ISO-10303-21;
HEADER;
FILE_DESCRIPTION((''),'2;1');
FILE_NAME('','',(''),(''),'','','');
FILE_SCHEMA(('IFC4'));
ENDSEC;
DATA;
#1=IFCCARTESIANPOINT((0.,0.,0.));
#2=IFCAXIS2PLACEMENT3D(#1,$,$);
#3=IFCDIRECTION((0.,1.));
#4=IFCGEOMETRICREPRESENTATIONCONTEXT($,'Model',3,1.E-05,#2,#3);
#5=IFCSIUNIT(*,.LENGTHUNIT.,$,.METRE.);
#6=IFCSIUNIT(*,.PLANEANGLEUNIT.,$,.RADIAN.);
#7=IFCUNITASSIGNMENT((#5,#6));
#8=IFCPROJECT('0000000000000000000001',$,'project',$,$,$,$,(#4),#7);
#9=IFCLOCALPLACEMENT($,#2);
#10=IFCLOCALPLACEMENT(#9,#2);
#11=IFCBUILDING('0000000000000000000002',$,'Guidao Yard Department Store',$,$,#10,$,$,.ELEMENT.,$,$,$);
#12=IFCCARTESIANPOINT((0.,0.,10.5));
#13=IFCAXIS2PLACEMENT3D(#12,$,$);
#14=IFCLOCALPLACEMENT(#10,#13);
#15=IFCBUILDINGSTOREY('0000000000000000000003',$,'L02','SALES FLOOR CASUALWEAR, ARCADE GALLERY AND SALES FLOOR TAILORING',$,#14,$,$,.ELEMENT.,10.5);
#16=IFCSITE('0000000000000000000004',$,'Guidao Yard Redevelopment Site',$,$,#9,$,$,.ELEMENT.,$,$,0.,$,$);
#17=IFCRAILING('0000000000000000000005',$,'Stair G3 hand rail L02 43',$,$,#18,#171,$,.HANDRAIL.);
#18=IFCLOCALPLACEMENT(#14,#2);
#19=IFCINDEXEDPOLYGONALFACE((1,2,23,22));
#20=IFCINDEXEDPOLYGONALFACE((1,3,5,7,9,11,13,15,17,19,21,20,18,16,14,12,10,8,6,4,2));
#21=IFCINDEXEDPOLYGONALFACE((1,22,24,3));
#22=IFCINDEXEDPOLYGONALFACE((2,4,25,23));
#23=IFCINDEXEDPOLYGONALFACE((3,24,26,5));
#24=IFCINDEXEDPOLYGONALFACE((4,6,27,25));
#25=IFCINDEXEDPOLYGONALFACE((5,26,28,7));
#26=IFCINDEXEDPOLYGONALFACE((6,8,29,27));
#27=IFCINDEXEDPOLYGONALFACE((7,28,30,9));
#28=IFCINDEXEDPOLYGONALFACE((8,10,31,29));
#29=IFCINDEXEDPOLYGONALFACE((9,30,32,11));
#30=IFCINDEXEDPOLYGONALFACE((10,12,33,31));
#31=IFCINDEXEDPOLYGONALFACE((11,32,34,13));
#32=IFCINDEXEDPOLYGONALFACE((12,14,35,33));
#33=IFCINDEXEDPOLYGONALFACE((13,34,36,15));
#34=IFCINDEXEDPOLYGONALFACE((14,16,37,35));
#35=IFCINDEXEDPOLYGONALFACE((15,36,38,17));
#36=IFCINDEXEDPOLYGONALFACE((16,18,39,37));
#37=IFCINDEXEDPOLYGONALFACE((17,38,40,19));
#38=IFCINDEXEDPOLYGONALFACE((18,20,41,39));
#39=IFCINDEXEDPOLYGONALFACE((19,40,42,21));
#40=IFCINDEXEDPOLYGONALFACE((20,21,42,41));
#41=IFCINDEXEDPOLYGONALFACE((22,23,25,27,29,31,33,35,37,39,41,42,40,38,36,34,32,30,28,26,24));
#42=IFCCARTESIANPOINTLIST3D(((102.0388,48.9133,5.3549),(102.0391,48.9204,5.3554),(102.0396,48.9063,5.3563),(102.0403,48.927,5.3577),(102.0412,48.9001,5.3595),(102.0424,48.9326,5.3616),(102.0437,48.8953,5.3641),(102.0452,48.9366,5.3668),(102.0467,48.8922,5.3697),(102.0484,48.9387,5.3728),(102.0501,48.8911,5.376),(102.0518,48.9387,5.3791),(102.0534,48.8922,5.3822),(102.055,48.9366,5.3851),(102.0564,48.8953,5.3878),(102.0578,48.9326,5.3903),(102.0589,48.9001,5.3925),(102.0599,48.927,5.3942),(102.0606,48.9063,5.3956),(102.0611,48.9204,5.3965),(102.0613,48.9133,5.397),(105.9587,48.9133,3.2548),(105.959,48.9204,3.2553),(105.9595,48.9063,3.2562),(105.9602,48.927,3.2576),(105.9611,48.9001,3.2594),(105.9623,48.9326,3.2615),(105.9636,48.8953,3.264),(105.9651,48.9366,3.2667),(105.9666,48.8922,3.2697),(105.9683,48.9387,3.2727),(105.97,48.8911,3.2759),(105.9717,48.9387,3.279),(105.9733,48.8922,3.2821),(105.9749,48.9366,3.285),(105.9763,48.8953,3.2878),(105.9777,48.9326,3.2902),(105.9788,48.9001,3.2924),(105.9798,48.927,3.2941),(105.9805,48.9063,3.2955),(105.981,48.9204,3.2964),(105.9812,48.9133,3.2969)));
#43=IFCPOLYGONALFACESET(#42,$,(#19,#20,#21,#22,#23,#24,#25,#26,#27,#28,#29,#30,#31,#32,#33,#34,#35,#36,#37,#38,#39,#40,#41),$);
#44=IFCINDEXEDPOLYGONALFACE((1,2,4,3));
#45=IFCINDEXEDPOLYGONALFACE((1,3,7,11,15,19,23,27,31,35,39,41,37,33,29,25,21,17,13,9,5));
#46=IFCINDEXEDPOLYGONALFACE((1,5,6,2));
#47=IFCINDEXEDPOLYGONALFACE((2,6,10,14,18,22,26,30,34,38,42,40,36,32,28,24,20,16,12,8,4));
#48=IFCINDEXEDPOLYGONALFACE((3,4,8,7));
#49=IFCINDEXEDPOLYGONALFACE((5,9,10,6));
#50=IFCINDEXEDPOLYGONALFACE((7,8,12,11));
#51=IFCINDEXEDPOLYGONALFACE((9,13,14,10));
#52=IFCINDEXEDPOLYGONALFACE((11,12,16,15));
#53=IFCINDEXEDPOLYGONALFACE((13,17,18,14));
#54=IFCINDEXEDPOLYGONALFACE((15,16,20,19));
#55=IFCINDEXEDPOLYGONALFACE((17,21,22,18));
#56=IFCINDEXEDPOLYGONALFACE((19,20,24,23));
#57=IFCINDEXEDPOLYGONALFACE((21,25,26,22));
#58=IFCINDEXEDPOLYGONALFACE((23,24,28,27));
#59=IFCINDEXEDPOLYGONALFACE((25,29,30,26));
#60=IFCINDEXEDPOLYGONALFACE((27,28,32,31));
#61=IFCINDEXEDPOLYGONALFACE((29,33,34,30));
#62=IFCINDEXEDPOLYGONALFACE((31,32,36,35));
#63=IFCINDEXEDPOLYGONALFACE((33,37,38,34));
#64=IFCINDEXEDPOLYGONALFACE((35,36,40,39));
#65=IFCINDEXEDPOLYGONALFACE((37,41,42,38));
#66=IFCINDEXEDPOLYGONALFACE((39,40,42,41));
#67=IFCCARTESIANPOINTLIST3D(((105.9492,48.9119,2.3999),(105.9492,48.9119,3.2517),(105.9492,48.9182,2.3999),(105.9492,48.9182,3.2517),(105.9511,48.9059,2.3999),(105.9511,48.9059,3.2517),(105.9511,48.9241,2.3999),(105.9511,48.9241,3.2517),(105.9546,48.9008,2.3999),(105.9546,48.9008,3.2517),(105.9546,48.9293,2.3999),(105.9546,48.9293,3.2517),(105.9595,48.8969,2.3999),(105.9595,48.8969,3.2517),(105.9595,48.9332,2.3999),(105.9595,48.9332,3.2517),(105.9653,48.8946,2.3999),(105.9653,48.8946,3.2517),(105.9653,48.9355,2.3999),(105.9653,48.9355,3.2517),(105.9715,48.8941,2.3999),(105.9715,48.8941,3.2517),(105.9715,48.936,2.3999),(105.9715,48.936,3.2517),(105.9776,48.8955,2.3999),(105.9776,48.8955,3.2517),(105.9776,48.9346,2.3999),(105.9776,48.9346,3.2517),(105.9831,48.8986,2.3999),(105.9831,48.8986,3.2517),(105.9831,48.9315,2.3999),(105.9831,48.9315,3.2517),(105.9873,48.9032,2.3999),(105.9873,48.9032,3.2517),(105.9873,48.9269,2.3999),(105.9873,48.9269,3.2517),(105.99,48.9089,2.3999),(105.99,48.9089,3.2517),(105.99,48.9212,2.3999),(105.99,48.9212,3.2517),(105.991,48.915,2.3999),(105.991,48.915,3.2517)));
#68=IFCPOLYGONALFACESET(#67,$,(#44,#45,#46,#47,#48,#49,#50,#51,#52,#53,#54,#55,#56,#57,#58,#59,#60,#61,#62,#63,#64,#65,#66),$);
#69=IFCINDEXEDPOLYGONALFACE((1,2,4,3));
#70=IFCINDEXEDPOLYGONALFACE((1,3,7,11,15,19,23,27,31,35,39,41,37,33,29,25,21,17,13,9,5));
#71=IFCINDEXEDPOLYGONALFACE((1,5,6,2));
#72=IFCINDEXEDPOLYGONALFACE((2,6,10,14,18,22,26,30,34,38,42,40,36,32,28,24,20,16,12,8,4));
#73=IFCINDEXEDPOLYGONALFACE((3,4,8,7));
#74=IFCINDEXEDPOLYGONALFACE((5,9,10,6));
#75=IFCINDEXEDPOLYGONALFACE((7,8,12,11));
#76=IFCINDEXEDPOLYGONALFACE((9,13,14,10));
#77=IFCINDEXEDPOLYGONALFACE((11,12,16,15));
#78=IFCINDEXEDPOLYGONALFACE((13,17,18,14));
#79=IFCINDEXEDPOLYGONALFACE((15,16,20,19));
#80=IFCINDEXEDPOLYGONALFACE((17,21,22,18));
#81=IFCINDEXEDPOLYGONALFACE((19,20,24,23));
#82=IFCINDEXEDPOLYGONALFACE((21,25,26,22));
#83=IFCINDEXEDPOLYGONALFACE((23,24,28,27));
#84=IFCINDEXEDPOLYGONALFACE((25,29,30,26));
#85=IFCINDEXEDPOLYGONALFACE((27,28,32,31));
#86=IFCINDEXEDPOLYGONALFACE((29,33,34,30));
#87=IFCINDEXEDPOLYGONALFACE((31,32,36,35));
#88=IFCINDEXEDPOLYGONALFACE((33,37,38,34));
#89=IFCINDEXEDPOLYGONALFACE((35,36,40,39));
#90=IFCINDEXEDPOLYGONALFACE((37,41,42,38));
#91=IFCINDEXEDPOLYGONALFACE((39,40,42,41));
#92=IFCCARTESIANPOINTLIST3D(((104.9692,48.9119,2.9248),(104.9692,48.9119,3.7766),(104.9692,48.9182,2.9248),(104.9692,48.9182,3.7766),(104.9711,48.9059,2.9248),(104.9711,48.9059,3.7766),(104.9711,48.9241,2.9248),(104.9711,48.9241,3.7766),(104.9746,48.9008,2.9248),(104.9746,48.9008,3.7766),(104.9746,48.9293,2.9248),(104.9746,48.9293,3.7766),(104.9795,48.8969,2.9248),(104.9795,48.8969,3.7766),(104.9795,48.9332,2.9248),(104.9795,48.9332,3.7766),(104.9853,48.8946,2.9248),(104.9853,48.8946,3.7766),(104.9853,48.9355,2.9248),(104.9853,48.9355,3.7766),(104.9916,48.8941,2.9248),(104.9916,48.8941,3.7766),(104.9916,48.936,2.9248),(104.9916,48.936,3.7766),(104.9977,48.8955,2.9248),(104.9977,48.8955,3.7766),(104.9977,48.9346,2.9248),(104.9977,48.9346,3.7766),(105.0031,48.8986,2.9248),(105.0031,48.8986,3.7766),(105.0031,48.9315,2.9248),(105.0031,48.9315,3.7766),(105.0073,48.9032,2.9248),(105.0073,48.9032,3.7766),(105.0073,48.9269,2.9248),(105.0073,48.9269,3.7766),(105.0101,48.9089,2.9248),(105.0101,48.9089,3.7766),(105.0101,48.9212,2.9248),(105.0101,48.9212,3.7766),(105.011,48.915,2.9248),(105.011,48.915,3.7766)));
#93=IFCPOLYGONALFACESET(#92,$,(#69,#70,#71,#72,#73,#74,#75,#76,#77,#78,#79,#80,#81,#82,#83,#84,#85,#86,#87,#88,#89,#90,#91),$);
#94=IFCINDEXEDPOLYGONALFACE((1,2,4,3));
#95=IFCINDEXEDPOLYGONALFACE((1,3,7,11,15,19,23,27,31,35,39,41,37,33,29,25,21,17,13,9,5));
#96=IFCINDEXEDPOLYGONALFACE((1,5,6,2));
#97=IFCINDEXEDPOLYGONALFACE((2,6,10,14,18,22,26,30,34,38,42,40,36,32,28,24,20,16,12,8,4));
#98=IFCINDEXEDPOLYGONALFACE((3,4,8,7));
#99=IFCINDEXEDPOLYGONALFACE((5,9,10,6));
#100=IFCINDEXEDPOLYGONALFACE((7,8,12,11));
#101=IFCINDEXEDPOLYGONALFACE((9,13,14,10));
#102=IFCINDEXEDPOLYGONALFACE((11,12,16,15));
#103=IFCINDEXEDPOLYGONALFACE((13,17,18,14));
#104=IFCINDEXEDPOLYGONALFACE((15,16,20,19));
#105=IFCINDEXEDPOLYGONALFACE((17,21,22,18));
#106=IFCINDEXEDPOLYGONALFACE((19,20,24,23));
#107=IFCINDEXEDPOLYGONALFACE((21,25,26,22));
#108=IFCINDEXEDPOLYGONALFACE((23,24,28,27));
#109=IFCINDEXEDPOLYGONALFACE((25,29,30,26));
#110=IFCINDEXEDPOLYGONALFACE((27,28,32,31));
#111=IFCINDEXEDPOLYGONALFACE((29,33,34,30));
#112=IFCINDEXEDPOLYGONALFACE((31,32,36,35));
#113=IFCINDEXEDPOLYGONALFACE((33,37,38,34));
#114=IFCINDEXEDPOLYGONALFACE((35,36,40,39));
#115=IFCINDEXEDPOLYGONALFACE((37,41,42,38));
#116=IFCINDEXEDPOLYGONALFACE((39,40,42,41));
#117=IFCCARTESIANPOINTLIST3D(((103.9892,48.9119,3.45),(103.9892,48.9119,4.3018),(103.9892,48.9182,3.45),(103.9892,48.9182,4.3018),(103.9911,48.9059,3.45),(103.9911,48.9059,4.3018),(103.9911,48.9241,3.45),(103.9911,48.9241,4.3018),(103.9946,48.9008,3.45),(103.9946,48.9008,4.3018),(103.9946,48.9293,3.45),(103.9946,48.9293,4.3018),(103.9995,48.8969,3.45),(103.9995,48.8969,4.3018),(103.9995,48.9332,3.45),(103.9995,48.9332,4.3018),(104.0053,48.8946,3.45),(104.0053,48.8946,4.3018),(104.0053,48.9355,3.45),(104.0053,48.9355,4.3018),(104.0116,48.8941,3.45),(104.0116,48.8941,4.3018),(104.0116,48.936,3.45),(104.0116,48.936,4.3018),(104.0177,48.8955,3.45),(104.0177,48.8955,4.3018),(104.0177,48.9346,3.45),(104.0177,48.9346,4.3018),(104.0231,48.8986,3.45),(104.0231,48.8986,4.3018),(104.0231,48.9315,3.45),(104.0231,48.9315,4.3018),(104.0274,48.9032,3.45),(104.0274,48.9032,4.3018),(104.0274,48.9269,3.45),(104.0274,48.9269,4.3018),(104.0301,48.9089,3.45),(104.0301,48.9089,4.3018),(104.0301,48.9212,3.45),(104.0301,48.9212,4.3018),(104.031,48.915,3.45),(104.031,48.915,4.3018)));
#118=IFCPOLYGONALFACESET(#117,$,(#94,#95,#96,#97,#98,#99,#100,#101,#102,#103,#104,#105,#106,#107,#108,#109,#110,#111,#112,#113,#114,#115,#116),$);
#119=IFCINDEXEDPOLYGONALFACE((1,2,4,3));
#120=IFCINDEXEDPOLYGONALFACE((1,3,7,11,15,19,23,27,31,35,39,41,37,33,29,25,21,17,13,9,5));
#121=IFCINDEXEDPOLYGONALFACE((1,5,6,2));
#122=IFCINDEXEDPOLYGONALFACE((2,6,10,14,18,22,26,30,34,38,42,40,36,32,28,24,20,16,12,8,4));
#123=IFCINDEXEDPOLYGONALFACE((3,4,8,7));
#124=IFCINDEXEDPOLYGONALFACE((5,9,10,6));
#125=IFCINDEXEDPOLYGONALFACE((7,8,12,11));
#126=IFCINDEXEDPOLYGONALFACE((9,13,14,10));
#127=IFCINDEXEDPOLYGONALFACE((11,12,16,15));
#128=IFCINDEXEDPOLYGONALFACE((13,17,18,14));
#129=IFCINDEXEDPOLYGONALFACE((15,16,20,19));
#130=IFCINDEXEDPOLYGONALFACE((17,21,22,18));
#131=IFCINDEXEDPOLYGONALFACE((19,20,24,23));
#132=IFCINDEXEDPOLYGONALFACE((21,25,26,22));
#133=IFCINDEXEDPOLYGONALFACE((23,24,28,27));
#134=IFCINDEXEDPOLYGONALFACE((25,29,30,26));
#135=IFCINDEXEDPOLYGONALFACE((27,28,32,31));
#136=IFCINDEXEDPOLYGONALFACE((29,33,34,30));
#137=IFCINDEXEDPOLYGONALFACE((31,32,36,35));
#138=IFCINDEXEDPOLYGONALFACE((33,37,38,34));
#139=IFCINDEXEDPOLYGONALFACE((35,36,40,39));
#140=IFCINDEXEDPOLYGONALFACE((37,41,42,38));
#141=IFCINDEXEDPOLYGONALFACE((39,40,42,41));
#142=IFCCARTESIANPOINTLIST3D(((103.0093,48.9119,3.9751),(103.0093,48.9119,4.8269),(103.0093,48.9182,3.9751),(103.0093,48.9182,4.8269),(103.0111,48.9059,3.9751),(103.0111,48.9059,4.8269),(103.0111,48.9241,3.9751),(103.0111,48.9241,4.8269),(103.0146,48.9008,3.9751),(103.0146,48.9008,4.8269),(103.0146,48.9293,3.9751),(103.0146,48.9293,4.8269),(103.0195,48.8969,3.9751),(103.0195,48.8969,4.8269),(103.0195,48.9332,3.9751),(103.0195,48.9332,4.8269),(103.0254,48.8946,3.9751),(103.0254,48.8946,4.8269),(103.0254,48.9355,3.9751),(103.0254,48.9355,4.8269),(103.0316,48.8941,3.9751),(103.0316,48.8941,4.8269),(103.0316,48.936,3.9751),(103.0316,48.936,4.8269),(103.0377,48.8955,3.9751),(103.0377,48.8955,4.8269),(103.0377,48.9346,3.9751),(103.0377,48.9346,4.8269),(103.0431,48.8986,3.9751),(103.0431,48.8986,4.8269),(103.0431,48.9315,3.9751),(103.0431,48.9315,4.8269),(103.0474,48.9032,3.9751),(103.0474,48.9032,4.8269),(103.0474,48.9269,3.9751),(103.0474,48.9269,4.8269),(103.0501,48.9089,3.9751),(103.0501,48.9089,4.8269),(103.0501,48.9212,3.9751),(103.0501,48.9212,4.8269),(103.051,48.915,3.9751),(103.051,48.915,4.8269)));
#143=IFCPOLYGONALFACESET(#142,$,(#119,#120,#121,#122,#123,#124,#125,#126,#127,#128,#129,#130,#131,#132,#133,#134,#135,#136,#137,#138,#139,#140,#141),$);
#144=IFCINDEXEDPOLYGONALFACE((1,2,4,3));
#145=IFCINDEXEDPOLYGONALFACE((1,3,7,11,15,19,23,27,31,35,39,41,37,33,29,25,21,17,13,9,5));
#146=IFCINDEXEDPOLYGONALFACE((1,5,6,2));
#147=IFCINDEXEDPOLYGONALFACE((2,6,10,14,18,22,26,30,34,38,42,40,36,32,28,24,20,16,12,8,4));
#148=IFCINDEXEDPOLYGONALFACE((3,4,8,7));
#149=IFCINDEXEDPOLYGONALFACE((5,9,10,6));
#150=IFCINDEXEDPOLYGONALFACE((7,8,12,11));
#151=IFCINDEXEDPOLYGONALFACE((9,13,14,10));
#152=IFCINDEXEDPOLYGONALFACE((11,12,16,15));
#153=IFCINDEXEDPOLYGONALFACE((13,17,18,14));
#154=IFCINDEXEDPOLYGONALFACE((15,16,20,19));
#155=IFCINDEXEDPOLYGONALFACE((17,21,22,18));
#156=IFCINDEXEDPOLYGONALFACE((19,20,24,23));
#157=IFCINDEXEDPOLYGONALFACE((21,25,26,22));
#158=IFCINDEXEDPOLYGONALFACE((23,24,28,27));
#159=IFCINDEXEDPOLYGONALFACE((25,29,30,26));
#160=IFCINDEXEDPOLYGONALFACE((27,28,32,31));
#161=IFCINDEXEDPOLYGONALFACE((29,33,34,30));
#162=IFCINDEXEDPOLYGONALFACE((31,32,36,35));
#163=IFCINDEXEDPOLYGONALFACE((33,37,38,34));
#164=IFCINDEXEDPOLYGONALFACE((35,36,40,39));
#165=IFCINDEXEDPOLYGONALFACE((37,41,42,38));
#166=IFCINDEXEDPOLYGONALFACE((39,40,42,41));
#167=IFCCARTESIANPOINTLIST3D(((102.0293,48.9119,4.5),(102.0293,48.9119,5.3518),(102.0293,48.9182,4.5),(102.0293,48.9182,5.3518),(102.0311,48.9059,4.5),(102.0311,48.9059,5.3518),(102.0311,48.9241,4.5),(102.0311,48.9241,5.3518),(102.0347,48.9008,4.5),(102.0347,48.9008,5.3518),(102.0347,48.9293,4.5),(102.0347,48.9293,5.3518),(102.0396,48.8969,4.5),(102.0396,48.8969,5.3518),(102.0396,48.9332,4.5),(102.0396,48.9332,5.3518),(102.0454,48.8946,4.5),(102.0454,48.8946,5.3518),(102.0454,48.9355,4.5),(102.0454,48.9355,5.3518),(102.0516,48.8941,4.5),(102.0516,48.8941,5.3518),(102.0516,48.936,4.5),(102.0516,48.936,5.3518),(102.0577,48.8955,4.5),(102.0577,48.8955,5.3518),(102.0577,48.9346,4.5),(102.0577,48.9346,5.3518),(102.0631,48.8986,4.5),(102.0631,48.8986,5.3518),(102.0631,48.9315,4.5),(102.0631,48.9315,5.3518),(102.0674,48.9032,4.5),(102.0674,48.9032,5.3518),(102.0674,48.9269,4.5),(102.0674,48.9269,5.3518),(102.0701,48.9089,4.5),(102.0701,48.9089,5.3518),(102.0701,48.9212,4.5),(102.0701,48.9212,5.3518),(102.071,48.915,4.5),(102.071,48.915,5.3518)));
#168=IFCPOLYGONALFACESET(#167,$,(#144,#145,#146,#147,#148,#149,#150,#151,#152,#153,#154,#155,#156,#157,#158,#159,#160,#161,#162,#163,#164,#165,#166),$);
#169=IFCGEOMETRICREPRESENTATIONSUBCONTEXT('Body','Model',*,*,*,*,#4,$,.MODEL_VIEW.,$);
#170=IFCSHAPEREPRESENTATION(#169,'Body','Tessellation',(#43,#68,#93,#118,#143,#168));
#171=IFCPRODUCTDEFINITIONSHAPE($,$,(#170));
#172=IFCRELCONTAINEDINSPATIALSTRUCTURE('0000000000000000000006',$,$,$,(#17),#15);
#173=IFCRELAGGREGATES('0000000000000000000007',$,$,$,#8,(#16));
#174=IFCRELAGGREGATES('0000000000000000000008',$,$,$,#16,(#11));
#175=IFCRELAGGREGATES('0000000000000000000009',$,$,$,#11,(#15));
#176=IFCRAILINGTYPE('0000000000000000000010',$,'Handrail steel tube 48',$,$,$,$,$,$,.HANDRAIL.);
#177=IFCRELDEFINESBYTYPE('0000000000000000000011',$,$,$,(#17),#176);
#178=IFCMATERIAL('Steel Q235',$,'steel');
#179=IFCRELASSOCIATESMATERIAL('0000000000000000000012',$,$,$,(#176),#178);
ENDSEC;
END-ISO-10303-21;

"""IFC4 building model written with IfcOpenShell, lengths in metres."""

from ifc_helpers import new_model, si_unit, direction, frame, origin, origin_2d, place, context, subcontext, project, spatial, circle, extrude, material, type_object, element, save


model = new_model("IFC4")

# Units and contexts
model_context = context("Model", 3, precision=1e-05, world=origin(), true_north=direction((0.0, 1.0)))
body_context = subcontext(model_context, "Body", "Model", "MODEL_VIEW")
ifc_project = project(units=[si_unit("LENGTHUNIT", "METRE"), si_unit("PLANEANGLEUNIT", "RADIAN")], contexts=[model_context])

# Site, building, storey
site_placement = place(None, origin())
site = spatial("IfcSite", under=ifc_project, at=site_placement, Name="Guidao Yard Redevelopment Site", CompositionType="ELEMENT", RefElevation=0.0)
building_placement = place(site_placement, origin())
building = spatial("IfcBuilding", under=site, at=building_placement, Name="Guidao Yard Department Store", CompositionType="ELEMENT")
storey_placement = place(building_placement, frame((0.0, 0.0, 10.5)))
storey = spatial("IfcBuildingStorey", under=building, at=storey_placement, Name="L02", Description="SALES FLOOR CASUALWEAR, ARCADE GALLERY AND SALES FLOOR TAILORING", CompositionType="ELEMENT", Elevation=10.5)

# Railing
ifc_material_1 = material(Name="Steel Q235", Category="steel")
railing_type_1 = type_object("IfcRailingType", Name="Handrail steel tube 48", PredefinedType="HANDRAIL", material=ifc_material_1)
for number, where, name in (
    (1, (105.97, 48.915, 2.3999), "Stair G3 hand rail L02 43"),
):
    element("IfcRailing", number, at=place(storey_placement, frame(where)), inside=storey, type_object=railing_type_1, Name=name, PredefinedType="HANDRAIL", context=body_context, shape_type="SweptSolid", body=[
        extrude(circle(Radius=0.0239, at=origin_2d()), frame((0.0, 0.0, 0.876), z_axis=(-0.881467, 0.0, 0.472246), x_axis=(0.0, -1.0, 0.0)), (0.0, 0.0, 1.0), 4.447),
        extrude(circle(Radius=0.021, at=origin_2d()), origin(), (0.0, 0.0, 1.0), 0.8518),
        extrude(circle(Radius=0.021, at=origin_2d()), frame((-0.98, 0.0, 0.5249)), (0.0, 0.0, 1.0), 0.8518),
        extrude(circle(Radius=0.021, at=origin_2d()), frame((-1.96, 0.0, 1.05)), (0.0, 0.0, 1.0), 0.8518),
        extrude(circle(Radius=0.021, at=origin_2d()), frame((-2.9399, 0.0, 1.5752)), (0.0, 0.0, 1.0), 0.8518),
        extrude(circle(Radius=0.021, at=origin_2d()), frame((-3.9199, 0.0, 2.1001)), (0.0, 0.0, 1.0), 0.8518),
    ])

save(model, "model.ifc")
